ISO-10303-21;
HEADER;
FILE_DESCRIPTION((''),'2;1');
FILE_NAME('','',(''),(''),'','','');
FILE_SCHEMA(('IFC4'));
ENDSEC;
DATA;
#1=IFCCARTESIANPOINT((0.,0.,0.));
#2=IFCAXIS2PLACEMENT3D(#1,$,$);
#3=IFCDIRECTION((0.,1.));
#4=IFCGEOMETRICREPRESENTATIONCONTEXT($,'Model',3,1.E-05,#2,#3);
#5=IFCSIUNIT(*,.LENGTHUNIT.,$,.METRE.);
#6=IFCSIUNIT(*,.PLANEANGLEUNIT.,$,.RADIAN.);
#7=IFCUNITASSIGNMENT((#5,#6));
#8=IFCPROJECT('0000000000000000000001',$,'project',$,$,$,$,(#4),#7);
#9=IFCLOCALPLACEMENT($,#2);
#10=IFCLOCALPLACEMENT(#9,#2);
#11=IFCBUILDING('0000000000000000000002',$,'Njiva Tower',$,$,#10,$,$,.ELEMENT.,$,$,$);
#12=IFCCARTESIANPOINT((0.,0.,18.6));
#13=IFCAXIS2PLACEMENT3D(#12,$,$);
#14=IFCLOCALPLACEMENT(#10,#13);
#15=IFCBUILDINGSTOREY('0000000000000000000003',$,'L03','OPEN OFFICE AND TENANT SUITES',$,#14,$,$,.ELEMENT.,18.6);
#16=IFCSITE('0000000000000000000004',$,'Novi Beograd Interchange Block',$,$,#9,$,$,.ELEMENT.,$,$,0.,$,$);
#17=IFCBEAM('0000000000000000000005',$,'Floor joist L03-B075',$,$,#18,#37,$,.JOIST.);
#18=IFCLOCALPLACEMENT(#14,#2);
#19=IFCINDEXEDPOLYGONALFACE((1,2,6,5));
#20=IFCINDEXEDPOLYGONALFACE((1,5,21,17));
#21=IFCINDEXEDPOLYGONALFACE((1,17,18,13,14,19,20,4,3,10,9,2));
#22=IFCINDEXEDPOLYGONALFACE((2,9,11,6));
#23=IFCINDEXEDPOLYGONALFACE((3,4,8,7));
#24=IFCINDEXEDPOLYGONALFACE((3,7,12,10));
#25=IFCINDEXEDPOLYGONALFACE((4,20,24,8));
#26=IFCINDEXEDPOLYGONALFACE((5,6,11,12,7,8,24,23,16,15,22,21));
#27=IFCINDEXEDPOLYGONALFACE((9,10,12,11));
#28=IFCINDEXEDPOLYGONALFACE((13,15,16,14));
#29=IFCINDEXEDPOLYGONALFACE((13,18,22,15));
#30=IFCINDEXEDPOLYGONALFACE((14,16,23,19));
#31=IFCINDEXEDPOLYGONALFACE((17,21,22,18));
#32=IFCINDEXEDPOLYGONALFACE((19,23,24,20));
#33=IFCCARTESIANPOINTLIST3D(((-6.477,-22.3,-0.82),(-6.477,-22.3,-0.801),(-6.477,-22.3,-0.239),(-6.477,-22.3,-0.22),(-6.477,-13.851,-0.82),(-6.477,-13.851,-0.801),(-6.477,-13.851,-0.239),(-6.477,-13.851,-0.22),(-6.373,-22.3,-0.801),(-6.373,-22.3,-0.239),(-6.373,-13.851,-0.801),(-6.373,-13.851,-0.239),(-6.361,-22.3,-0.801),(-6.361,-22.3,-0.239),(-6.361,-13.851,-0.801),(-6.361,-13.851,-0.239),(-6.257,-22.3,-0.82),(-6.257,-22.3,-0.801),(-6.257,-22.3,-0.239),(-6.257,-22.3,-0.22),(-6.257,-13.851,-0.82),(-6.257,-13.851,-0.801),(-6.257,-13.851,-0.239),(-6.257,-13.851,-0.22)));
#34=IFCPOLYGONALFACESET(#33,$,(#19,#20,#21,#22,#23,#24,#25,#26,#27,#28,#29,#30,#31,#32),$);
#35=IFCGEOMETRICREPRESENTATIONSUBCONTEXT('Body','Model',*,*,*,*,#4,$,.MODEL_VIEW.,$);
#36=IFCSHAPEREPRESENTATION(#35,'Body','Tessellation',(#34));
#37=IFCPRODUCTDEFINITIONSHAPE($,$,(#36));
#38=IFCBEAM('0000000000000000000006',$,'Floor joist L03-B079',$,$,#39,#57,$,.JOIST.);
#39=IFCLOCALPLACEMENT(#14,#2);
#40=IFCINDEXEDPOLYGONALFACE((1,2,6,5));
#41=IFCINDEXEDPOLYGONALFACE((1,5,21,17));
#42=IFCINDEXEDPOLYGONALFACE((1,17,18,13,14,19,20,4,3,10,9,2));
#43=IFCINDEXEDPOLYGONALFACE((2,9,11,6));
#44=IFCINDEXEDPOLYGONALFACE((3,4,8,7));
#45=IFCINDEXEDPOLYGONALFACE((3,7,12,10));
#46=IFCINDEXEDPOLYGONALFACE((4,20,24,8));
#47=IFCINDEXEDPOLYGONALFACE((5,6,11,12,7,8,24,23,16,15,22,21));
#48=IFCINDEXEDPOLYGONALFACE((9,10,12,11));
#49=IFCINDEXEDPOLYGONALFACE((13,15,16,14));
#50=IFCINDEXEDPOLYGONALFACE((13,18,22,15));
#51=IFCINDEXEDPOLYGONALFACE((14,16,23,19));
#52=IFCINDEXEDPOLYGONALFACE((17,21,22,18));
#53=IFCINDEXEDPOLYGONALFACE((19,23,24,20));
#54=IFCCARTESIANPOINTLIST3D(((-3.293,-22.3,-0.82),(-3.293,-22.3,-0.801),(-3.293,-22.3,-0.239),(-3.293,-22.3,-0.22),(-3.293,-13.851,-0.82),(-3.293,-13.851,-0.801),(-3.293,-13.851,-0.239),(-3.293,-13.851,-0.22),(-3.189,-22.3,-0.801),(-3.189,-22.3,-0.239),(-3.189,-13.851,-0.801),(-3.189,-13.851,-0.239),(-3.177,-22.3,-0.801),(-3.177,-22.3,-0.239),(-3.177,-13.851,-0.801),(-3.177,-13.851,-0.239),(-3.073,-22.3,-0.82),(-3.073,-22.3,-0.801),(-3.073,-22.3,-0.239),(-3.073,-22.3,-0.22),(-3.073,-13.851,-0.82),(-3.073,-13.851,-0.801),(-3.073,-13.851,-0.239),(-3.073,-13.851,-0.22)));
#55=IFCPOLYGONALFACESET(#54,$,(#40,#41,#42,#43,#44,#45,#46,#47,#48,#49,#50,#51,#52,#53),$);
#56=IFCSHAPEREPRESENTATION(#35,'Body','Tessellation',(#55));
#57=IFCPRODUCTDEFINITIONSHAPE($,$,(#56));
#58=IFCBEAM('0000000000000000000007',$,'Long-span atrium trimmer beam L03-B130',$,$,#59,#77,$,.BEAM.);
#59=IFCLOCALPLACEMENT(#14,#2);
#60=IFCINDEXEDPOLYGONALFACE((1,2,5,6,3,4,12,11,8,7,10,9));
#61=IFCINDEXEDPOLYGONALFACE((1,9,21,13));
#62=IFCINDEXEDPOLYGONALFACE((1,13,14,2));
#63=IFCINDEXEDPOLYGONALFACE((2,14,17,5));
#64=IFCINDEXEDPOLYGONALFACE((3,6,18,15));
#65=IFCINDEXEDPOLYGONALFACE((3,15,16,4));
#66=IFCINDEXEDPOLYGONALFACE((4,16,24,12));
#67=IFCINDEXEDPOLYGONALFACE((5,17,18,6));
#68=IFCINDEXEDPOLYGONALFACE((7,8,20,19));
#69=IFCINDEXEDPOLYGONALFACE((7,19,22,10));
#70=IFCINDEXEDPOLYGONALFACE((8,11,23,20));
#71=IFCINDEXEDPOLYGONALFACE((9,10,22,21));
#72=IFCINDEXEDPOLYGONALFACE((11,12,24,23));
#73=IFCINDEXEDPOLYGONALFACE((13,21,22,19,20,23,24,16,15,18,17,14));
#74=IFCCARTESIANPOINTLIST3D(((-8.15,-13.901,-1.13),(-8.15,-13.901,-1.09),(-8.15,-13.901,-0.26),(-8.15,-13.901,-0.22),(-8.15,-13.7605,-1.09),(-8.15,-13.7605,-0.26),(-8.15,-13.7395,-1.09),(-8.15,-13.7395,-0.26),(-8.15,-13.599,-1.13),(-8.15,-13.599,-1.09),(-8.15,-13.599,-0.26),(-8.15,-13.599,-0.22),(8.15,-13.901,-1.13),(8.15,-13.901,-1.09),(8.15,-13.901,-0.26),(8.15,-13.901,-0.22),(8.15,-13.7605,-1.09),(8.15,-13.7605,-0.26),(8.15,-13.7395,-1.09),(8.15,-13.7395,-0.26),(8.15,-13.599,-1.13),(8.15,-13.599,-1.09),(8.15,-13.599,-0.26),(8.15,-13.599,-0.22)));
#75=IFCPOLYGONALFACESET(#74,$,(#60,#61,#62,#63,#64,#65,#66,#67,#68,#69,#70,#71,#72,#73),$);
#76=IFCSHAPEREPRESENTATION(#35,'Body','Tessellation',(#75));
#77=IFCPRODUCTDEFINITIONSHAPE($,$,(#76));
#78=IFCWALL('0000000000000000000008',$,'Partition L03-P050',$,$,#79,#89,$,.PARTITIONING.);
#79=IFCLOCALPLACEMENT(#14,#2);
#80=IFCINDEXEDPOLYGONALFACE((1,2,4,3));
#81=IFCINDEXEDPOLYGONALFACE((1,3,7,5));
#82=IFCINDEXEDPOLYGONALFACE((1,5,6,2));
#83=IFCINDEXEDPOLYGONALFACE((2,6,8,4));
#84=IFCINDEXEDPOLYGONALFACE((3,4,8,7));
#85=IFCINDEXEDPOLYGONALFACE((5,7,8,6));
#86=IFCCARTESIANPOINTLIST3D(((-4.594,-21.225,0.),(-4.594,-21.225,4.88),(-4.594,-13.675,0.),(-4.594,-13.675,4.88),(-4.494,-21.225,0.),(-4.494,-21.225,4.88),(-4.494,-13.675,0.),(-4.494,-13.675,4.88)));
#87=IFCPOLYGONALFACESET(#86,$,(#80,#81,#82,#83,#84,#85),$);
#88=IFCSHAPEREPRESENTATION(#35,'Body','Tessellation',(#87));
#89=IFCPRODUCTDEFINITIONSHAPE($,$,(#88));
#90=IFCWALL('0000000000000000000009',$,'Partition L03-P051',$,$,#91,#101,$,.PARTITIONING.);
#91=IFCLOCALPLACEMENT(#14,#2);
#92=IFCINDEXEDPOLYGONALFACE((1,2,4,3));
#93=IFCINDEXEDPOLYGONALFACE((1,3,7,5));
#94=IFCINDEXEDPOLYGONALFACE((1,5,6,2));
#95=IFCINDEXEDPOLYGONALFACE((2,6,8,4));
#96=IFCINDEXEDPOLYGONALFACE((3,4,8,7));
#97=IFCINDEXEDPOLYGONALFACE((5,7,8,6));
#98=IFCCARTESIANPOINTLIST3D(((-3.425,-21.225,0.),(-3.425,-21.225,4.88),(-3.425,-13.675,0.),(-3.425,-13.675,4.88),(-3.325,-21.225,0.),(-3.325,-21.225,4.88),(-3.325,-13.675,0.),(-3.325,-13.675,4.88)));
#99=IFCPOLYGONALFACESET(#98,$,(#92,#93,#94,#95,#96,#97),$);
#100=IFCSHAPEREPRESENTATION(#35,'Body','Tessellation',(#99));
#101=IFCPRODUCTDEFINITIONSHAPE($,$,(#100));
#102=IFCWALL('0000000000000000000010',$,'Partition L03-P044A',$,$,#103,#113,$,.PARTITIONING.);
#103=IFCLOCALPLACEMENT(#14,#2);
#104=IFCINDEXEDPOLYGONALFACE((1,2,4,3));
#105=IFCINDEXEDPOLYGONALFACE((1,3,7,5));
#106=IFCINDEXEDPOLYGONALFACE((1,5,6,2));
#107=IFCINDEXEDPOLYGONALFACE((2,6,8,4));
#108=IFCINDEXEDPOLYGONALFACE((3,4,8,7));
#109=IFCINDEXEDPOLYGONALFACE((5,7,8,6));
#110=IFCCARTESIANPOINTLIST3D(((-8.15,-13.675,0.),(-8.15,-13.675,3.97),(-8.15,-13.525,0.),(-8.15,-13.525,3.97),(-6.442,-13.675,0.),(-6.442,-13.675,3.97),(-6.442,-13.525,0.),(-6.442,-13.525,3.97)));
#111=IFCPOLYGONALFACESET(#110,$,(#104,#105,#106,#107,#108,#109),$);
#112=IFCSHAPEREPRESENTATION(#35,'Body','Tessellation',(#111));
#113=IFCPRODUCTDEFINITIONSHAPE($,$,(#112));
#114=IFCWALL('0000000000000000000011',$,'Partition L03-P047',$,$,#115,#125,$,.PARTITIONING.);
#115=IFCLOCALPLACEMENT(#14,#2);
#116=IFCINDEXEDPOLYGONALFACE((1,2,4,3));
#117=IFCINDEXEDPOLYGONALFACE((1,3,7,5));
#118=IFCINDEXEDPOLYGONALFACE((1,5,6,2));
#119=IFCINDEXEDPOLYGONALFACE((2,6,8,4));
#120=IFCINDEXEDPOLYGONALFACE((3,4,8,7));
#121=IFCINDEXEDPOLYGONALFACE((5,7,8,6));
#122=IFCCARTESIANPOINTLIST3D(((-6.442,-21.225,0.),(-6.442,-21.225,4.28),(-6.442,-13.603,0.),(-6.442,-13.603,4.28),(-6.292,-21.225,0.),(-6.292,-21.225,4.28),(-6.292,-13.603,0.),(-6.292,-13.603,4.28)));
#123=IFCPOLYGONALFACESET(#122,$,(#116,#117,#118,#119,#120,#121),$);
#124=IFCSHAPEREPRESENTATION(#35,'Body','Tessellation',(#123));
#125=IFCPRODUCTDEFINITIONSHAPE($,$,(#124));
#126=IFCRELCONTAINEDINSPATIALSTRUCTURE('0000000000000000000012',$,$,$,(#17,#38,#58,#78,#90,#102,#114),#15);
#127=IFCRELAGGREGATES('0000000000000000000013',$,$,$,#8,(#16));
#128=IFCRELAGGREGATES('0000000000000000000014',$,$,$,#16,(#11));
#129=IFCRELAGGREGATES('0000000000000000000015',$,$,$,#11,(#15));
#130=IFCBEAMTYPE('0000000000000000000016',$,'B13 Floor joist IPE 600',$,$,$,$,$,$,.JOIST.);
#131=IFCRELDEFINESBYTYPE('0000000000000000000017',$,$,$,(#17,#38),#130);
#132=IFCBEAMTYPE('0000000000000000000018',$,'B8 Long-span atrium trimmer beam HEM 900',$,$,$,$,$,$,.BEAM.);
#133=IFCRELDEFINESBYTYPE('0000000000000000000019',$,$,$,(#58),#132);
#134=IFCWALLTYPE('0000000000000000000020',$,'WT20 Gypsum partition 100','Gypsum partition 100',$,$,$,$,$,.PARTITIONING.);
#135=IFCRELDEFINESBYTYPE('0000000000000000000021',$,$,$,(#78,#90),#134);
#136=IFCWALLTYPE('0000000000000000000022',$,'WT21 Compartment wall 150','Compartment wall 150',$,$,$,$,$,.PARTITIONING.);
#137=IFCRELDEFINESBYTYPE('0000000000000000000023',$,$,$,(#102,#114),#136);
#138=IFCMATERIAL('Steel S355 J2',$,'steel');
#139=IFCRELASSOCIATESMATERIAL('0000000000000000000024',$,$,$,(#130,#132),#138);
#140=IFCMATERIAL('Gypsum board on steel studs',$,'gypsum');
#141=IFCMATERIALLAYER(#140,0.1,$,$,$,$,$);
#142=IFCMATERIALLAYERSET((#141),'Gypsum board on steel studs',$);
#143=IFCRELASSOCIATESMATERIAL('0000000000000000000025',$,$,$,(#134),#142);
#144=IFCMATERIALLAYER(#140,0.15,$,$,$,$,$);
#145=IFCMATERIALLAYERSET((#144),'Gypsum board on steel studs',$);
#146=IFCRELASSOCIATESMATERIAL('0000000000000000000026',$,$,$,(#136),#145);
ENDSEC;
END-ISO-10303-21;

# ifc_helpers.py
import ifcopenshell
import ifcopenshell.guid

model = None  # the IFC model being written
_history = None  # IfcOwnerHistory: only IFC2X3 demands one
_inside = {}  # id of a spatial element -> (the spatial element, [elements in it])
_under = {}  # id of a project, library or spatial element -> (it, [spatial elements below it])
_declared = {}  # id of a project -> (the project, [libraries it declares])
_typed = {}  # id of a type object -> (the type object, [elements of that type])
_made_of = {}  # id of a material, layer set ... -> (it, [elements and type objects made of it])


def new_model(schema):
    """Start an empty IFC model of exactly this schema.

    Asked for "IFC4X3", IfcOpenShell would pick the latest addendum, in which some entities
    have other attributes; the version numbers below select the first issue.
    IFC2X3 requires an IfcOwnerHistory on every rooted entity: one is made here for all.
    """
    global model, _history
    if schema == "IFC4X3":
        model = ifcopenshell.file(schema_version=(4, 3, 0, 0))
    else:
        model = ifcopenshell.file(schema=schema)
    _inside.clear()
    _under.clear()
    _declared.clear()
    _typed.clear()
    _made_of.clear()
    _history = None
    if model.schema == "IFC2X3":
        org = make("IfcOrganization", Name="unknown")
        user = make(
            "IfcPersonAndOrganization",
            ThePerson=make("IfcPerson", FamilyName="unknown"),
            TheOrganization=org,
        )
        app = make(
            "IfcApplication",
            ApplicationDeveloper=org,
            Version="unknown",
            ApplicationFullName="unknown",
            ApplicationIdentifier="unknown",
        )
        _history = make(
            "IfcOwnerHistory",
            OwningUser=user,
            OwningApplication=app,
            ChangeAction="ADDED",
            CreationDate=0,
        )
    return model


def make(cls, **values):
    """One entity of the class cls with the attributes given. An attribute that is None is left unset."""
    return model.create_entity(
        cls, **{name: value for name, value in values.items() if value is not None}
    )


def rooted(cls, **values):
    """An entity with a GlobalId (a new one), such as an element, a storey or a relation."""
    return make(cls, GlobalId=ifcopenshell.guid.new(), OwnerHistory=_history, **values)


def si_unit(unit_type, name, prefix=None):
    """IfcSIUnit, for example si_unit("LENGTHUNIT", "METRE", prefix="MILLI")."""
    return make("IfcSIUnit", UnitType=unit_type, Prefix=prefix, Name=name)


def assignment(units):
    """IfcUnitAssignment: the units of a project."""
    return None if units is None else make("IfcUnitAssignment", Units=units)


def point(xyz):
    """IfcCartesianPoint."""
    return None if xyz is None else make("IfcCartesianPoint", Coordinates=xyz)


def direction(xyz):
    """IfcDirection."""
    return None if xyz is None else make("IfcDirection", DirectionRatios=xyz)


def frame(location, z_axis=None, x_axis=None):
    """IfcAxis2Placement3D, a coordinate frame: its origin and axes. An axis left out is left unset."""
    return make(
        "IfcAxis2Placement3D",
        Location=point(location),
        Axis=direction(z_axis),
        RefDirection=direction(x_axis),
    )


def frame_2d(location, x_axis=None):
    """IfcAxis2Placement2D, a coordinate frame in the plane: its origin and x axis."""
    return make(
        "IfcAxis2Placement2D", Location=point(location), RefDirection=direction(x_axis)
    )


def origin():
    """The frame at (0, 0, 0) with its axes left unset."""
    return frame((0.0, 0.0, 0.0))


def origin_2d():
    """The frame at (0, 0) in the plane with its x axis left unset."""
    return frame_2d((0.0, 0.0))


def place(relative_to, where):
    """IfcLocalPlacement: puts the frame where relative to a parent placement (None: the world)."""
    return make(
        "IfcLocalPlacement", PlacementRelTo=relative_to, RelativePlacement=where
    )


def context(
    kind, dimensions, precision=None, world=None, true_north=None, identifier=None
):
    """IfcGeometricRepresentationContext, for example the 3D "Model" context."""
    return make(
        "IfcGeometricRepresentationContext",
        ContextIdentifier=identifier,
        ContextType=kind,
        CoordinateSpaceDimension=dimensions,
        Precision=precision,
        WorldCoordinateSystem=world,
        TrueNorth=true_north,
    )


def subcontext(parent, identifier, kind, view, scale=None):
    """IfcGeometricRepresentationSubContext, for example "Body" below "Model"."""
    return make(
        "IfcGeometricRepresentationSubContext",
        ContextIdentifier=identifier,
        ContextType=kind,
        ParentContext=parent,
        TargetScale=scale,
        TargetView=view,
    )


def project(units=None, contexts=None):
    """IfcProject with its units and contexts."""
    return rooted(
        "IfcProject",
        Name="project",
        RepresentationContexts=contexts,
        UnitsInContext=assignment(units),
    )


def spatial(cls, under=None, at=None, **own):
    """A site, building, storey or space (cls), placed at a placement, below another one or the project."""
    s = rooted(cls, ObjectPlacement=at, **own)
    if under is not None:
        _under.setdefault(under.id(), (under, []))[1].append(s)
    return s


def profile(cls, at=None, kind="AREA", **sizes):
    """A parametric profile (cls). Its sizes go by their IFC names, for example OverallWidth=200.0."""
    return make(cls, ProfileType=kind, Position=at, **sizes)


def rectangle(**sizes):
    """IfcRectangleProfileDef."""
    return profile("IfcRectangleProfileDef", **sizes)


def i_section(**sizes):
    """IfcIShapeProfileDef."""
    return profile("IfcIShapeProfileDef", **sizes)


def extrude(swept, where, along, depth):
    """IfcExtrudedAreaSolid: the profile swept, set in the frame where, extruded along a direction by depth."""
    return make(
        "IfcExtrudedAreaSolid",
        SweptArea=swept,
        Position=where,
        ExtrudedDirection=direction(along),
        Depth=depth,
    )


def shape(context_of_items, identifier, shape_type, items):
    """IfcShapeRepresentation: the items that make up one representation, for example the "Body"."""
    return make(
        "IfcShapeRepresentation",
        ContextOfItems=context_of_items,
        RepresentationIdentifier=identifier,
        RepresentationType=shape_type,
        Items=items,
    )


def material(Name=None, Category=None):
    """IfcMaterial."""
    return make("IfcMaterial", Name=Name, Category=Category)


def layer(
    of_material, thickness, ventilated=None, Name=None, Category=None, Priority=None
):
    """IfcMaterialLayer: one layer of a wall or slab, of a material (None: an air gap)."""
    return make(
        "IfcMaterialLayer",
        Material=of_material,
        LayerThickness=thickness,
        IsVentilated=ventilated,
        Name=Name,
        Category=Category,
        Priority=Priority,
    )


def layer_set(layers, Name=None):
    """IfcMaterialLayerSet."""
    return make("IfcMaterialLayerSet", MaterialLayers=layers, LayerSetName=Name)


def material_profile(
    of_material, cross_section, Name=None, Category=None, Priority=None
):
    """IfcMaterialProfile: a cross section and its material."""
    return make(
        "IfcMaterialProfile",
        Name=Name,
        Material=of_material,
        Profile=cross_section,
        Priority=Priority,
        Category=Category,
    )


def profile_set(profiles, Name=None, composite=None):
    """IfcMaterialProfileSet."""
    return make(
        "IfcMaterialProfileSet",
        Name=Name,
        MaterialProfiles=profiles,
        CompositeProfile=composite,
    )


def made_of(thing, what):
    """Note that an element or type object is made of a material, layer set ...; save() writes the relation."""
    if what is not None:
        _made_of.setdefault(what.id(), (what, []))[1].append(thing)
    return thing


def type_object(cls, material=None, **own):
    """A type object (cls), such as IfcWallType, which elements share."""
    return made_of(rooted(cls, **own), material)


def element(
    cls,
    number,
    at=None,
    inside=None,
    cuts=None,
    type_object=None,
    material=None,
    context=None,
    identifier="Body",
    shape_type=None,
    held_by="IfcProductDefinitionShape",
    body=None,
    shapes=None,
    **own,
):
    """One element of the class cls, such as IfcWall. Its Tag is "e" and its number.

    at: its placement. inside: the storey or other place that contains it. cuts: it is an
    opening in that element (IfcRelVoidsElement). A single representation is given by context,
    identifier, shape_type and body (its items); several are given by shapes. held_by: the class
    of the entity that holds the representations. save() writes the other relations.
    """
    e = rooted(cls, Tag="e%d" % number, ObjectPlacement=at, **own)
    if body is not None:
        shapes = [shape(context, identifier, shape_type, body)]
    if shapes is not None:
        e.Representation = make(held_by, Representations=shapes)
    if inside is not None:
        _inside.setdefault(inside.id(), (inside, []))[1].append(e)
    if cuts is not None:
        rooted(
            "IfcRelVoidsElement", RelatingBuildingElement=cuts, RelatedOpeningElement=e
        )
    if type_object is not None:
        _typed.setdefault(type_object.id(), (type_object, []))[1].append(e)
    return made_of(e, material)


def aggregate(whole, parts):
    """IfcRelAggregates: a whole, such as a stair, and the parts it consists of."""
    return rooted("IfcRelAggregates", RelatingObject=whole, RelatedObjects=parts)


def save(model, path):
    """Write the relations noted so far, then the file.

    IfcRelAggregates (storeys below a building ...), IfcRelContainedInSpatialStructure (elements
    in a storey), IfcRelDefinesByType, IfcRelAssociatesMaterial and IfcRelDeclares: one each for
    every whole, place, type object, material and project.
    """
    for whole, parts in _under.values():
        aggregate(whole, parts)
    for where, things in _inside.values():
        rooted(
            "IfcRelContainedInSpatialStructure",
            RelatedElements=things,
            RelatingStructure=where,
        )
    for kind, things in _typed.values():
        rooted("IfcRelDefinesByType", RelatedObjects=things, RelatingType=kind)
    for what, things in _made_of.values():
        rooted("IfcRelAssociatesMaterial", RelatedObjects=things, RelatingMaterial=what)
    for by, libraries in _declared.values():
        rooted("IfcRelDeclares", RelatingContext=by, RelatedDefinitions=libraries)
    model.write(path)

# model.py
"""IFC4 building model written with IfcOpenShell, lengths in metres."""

from ifc_helpers import new_model, si_unit, direction, frame, frame_2d, origin, origin_2d, place, context, subcontext, project, spatial, rectangle, i_section, extrude, material, layer, layer_set, material_profile, profile_set, type_object, element, save


model = new_model("IFC4")

# Units and contexts
model_context = context("Model", 3, precision=1e-05, world=origin(), true_north=direction((0.0, 1.0)))
body_context = subcontext(model_context, "Body", "Model", "MODEL_VIEW")
ifc_project = project(units=[si_unit("LENGTHUNIT", "METRE"), si_unit("PLANEANGLEUNIT", "RADIAN")], contexts=[model_context])

# Site, building, storey
site_placement = place(None, origin())
site = spatial("IfcSite", under=ifc_project, at=site_placement, Name="Novi Beograd Interchange Block", CompositionType="ELEMENT", RefElevation=0.0)
building_placement = place(site_placement, origin())
building = spatial("IfcBuilding", under=site, at=building_placement, Name="Njiva Tower", CompositionType="ELEMENT")
storey_placement = place(building_placement, frame((0.0, 0.0, 18.6)))
storey = spatial("IfcBuildingStorey", under=building, at=storey_placement, Name="L03", Description="OPEN OFFICE AND TENANT SUITES", CompositionType="ELEMENT", Elevation=18.6)

# Beams
ifc_material_1 = material(Name="Steel S355 J2", Category="steel")
ifc_material_profile_1 = material_profile(ifc_material_1, i_section(OverallWidth=0.22, OverallDepth=0.6, WebThickness=0.012, FlangeThickness=0.019, at=origin_2d()), Name="IPE 600")
ifc_profile_set_1 = profile_set([ifc_material_profile_1], Name="Steel S355 J2")
beam_type_1 = type_object("IfcBeamType", Name="B13 Floor joist IPE 600", PredefinedType="JOIST", material=ifc_profile_set_1)
for number, where, z_axis, x_axis, name in (
    (1, (-6.367, -13.851, -0.52), (0.0, -1.0, 0.0), (1.0, 0.0, 0.0), "Floor joist L03-B075"),
    (2, (-3.183, -13.851, -0.52), (0.0, -1.0, 0.0), (1.0, 0.0, 0.0), "Floor joist L03-B079"),
):
    element("IfcBeam", number, at=place(storey_placement, frame(where, z_axis=z_axis, x_axis=x_axis)), inside=storey, type_object=beam_type_1, Name=name, PredefinedType="JOIST", context=body_context, shape_type="SweptSolid", body=[
        extrude(i_section(OverallWidth=0.22, OverallDepth=0.6, WebThickness=0.012, FlangeThickness=0.019, at=origin_2d()), origin(), (0.0, 0.0, 1.0), 8.449),
    ])
ifc_material_profile_2 = material_profile(ifc_material_1, i_section(OverallWidth=0.302, OverallDepth=0.91, WebThickness=0.021, FlangeThickness=0.04, at=origin_2d()), Name="HEM 900")
ifc_profile_set_2 = profile_set([ifc_material_profile_2], Name="Steel S355 J2")
beam_type_2 = type_object("IfcBeamType", Name="B8 Long-span atrium trimmer beam HEM 900", PredefinedType="BEAM", material=ifc_profile_set_2)
beam_placement = place(storey_placement, frame((-8.15, -13.75, -0.675), z_axis=(1.0, 0.0, 0.0), x_axis=(0.0, 1.0, 0.0)))
element("IfcBeam", 3, at=beam_placement, inside=storey, type_object=beam_type_2, Name="Long-span atrium trimmer beam L03-B130", PredefinedType="BEAM", context=body_context, shape_type="SweptSolid", body=[
    extrude(i_section(OverallWidth=0.302, OverallDepth=0.91, WebThickness=0.021, FlangeThickness=0.04, at=origin_2d()), origin(), (0.0, 0.0, 1.0), 16.3),
])

# Walls
ifc_material_2 = material(Name="Gypsum board on steel studs", Category="gypsum")
ifc_layer_1 = layer(ifc_material_2, 0.1)
ifc_layer_set_1 = layer_set([ifc_layer_1], Name="Gypsum board on steel studs")
wall_type_1 = type_object("IfcWallType", Name="WT20 Gypsum partition 100", Description="Gypsum partition 100", PredefinedType="PARTITIONING", material=ifc_layer_set_1)
for number, where, z_axis, x_axis, name in (
    (4, (-4.544, -21.225, 0.0), (0.0, 0.0, 1.0), (0.0, 1.0, 0.0), "Partition L03-P050"),
    (5, (-3.375, -21.225, 0.0), (0.0, 0.0, 1.0), (0.0, 1.0, 0.0), "Partition L03-P051"),
):
    element("IfcWall", number, at=place(storey_placement, frame(where, z_axis=z_axis, x_axis=x_axis)), inside=storey, type_object=wall_type_1, Name=name, PredefinedType="PARTITIONING", context=body_context, shape_type="SweptSolid", body=[
        extrude(rectangle(XDim=7.55, YDim=0.1, at=frame_2d((3.775, 0.0))), origin(), (0.0, 0.0, 1.0), 4.88),
    ])
ifc_layer_2 = layer(ifc_material_2, 0.15)
ifc_layer_set_2 = layer_set([ifc_layer_2], Name="Gypsum board on steel studs")
wall_type_2 = type_object("IfcWallType", Name="WT21 Compartment wall 150", Description="Compartment wall 150", PredefinedType="PARTITIONING", material=ifc_layer_set_2)
wall_1_placement = place(storey_placement, frame((-8.15, -13.6, 0.0), z_axis=(0.0, 0.0, 1.0), x_axis=(1.0, 0.0, 0.0)))
element("IfcWall", 6, at=wall_1_placement, inside=storey, type_object=wall_type_2, Name="Partition L03-P044A", PredefinedType="PARTITIONING", context=body_context, shape_type="SweptSolid", body=[
    extrude(rectangle(XDim=1.708, YDim=0.15, at=frame_2d((0.854, 0.0))), origin(), (0.0, 0.0, 1.0), 3.97),
])
wall_2_placement = place(storey_placement, frame((-6.367, -21.225, 0.0), z_axis=(0.0, 0.0, 1.0), x_axis=(0.0, 1.0, 0.0)))
element("IfcWall", 7, at=wall_2_placement, inside=storey, type_object=wall_type_2, Name="Partition L03-P047", PredefinedType="PARTITIONING", context=body_context, shape_type="SweptSolid", body=[
    extrude(rectangle(XDim=7.622, YDim=0.15, at=frame_2d((3.811, 0.0))), origin(), (0.0, 0.0, 1.0), 4.28),
])

save(model, "model.ifc")
